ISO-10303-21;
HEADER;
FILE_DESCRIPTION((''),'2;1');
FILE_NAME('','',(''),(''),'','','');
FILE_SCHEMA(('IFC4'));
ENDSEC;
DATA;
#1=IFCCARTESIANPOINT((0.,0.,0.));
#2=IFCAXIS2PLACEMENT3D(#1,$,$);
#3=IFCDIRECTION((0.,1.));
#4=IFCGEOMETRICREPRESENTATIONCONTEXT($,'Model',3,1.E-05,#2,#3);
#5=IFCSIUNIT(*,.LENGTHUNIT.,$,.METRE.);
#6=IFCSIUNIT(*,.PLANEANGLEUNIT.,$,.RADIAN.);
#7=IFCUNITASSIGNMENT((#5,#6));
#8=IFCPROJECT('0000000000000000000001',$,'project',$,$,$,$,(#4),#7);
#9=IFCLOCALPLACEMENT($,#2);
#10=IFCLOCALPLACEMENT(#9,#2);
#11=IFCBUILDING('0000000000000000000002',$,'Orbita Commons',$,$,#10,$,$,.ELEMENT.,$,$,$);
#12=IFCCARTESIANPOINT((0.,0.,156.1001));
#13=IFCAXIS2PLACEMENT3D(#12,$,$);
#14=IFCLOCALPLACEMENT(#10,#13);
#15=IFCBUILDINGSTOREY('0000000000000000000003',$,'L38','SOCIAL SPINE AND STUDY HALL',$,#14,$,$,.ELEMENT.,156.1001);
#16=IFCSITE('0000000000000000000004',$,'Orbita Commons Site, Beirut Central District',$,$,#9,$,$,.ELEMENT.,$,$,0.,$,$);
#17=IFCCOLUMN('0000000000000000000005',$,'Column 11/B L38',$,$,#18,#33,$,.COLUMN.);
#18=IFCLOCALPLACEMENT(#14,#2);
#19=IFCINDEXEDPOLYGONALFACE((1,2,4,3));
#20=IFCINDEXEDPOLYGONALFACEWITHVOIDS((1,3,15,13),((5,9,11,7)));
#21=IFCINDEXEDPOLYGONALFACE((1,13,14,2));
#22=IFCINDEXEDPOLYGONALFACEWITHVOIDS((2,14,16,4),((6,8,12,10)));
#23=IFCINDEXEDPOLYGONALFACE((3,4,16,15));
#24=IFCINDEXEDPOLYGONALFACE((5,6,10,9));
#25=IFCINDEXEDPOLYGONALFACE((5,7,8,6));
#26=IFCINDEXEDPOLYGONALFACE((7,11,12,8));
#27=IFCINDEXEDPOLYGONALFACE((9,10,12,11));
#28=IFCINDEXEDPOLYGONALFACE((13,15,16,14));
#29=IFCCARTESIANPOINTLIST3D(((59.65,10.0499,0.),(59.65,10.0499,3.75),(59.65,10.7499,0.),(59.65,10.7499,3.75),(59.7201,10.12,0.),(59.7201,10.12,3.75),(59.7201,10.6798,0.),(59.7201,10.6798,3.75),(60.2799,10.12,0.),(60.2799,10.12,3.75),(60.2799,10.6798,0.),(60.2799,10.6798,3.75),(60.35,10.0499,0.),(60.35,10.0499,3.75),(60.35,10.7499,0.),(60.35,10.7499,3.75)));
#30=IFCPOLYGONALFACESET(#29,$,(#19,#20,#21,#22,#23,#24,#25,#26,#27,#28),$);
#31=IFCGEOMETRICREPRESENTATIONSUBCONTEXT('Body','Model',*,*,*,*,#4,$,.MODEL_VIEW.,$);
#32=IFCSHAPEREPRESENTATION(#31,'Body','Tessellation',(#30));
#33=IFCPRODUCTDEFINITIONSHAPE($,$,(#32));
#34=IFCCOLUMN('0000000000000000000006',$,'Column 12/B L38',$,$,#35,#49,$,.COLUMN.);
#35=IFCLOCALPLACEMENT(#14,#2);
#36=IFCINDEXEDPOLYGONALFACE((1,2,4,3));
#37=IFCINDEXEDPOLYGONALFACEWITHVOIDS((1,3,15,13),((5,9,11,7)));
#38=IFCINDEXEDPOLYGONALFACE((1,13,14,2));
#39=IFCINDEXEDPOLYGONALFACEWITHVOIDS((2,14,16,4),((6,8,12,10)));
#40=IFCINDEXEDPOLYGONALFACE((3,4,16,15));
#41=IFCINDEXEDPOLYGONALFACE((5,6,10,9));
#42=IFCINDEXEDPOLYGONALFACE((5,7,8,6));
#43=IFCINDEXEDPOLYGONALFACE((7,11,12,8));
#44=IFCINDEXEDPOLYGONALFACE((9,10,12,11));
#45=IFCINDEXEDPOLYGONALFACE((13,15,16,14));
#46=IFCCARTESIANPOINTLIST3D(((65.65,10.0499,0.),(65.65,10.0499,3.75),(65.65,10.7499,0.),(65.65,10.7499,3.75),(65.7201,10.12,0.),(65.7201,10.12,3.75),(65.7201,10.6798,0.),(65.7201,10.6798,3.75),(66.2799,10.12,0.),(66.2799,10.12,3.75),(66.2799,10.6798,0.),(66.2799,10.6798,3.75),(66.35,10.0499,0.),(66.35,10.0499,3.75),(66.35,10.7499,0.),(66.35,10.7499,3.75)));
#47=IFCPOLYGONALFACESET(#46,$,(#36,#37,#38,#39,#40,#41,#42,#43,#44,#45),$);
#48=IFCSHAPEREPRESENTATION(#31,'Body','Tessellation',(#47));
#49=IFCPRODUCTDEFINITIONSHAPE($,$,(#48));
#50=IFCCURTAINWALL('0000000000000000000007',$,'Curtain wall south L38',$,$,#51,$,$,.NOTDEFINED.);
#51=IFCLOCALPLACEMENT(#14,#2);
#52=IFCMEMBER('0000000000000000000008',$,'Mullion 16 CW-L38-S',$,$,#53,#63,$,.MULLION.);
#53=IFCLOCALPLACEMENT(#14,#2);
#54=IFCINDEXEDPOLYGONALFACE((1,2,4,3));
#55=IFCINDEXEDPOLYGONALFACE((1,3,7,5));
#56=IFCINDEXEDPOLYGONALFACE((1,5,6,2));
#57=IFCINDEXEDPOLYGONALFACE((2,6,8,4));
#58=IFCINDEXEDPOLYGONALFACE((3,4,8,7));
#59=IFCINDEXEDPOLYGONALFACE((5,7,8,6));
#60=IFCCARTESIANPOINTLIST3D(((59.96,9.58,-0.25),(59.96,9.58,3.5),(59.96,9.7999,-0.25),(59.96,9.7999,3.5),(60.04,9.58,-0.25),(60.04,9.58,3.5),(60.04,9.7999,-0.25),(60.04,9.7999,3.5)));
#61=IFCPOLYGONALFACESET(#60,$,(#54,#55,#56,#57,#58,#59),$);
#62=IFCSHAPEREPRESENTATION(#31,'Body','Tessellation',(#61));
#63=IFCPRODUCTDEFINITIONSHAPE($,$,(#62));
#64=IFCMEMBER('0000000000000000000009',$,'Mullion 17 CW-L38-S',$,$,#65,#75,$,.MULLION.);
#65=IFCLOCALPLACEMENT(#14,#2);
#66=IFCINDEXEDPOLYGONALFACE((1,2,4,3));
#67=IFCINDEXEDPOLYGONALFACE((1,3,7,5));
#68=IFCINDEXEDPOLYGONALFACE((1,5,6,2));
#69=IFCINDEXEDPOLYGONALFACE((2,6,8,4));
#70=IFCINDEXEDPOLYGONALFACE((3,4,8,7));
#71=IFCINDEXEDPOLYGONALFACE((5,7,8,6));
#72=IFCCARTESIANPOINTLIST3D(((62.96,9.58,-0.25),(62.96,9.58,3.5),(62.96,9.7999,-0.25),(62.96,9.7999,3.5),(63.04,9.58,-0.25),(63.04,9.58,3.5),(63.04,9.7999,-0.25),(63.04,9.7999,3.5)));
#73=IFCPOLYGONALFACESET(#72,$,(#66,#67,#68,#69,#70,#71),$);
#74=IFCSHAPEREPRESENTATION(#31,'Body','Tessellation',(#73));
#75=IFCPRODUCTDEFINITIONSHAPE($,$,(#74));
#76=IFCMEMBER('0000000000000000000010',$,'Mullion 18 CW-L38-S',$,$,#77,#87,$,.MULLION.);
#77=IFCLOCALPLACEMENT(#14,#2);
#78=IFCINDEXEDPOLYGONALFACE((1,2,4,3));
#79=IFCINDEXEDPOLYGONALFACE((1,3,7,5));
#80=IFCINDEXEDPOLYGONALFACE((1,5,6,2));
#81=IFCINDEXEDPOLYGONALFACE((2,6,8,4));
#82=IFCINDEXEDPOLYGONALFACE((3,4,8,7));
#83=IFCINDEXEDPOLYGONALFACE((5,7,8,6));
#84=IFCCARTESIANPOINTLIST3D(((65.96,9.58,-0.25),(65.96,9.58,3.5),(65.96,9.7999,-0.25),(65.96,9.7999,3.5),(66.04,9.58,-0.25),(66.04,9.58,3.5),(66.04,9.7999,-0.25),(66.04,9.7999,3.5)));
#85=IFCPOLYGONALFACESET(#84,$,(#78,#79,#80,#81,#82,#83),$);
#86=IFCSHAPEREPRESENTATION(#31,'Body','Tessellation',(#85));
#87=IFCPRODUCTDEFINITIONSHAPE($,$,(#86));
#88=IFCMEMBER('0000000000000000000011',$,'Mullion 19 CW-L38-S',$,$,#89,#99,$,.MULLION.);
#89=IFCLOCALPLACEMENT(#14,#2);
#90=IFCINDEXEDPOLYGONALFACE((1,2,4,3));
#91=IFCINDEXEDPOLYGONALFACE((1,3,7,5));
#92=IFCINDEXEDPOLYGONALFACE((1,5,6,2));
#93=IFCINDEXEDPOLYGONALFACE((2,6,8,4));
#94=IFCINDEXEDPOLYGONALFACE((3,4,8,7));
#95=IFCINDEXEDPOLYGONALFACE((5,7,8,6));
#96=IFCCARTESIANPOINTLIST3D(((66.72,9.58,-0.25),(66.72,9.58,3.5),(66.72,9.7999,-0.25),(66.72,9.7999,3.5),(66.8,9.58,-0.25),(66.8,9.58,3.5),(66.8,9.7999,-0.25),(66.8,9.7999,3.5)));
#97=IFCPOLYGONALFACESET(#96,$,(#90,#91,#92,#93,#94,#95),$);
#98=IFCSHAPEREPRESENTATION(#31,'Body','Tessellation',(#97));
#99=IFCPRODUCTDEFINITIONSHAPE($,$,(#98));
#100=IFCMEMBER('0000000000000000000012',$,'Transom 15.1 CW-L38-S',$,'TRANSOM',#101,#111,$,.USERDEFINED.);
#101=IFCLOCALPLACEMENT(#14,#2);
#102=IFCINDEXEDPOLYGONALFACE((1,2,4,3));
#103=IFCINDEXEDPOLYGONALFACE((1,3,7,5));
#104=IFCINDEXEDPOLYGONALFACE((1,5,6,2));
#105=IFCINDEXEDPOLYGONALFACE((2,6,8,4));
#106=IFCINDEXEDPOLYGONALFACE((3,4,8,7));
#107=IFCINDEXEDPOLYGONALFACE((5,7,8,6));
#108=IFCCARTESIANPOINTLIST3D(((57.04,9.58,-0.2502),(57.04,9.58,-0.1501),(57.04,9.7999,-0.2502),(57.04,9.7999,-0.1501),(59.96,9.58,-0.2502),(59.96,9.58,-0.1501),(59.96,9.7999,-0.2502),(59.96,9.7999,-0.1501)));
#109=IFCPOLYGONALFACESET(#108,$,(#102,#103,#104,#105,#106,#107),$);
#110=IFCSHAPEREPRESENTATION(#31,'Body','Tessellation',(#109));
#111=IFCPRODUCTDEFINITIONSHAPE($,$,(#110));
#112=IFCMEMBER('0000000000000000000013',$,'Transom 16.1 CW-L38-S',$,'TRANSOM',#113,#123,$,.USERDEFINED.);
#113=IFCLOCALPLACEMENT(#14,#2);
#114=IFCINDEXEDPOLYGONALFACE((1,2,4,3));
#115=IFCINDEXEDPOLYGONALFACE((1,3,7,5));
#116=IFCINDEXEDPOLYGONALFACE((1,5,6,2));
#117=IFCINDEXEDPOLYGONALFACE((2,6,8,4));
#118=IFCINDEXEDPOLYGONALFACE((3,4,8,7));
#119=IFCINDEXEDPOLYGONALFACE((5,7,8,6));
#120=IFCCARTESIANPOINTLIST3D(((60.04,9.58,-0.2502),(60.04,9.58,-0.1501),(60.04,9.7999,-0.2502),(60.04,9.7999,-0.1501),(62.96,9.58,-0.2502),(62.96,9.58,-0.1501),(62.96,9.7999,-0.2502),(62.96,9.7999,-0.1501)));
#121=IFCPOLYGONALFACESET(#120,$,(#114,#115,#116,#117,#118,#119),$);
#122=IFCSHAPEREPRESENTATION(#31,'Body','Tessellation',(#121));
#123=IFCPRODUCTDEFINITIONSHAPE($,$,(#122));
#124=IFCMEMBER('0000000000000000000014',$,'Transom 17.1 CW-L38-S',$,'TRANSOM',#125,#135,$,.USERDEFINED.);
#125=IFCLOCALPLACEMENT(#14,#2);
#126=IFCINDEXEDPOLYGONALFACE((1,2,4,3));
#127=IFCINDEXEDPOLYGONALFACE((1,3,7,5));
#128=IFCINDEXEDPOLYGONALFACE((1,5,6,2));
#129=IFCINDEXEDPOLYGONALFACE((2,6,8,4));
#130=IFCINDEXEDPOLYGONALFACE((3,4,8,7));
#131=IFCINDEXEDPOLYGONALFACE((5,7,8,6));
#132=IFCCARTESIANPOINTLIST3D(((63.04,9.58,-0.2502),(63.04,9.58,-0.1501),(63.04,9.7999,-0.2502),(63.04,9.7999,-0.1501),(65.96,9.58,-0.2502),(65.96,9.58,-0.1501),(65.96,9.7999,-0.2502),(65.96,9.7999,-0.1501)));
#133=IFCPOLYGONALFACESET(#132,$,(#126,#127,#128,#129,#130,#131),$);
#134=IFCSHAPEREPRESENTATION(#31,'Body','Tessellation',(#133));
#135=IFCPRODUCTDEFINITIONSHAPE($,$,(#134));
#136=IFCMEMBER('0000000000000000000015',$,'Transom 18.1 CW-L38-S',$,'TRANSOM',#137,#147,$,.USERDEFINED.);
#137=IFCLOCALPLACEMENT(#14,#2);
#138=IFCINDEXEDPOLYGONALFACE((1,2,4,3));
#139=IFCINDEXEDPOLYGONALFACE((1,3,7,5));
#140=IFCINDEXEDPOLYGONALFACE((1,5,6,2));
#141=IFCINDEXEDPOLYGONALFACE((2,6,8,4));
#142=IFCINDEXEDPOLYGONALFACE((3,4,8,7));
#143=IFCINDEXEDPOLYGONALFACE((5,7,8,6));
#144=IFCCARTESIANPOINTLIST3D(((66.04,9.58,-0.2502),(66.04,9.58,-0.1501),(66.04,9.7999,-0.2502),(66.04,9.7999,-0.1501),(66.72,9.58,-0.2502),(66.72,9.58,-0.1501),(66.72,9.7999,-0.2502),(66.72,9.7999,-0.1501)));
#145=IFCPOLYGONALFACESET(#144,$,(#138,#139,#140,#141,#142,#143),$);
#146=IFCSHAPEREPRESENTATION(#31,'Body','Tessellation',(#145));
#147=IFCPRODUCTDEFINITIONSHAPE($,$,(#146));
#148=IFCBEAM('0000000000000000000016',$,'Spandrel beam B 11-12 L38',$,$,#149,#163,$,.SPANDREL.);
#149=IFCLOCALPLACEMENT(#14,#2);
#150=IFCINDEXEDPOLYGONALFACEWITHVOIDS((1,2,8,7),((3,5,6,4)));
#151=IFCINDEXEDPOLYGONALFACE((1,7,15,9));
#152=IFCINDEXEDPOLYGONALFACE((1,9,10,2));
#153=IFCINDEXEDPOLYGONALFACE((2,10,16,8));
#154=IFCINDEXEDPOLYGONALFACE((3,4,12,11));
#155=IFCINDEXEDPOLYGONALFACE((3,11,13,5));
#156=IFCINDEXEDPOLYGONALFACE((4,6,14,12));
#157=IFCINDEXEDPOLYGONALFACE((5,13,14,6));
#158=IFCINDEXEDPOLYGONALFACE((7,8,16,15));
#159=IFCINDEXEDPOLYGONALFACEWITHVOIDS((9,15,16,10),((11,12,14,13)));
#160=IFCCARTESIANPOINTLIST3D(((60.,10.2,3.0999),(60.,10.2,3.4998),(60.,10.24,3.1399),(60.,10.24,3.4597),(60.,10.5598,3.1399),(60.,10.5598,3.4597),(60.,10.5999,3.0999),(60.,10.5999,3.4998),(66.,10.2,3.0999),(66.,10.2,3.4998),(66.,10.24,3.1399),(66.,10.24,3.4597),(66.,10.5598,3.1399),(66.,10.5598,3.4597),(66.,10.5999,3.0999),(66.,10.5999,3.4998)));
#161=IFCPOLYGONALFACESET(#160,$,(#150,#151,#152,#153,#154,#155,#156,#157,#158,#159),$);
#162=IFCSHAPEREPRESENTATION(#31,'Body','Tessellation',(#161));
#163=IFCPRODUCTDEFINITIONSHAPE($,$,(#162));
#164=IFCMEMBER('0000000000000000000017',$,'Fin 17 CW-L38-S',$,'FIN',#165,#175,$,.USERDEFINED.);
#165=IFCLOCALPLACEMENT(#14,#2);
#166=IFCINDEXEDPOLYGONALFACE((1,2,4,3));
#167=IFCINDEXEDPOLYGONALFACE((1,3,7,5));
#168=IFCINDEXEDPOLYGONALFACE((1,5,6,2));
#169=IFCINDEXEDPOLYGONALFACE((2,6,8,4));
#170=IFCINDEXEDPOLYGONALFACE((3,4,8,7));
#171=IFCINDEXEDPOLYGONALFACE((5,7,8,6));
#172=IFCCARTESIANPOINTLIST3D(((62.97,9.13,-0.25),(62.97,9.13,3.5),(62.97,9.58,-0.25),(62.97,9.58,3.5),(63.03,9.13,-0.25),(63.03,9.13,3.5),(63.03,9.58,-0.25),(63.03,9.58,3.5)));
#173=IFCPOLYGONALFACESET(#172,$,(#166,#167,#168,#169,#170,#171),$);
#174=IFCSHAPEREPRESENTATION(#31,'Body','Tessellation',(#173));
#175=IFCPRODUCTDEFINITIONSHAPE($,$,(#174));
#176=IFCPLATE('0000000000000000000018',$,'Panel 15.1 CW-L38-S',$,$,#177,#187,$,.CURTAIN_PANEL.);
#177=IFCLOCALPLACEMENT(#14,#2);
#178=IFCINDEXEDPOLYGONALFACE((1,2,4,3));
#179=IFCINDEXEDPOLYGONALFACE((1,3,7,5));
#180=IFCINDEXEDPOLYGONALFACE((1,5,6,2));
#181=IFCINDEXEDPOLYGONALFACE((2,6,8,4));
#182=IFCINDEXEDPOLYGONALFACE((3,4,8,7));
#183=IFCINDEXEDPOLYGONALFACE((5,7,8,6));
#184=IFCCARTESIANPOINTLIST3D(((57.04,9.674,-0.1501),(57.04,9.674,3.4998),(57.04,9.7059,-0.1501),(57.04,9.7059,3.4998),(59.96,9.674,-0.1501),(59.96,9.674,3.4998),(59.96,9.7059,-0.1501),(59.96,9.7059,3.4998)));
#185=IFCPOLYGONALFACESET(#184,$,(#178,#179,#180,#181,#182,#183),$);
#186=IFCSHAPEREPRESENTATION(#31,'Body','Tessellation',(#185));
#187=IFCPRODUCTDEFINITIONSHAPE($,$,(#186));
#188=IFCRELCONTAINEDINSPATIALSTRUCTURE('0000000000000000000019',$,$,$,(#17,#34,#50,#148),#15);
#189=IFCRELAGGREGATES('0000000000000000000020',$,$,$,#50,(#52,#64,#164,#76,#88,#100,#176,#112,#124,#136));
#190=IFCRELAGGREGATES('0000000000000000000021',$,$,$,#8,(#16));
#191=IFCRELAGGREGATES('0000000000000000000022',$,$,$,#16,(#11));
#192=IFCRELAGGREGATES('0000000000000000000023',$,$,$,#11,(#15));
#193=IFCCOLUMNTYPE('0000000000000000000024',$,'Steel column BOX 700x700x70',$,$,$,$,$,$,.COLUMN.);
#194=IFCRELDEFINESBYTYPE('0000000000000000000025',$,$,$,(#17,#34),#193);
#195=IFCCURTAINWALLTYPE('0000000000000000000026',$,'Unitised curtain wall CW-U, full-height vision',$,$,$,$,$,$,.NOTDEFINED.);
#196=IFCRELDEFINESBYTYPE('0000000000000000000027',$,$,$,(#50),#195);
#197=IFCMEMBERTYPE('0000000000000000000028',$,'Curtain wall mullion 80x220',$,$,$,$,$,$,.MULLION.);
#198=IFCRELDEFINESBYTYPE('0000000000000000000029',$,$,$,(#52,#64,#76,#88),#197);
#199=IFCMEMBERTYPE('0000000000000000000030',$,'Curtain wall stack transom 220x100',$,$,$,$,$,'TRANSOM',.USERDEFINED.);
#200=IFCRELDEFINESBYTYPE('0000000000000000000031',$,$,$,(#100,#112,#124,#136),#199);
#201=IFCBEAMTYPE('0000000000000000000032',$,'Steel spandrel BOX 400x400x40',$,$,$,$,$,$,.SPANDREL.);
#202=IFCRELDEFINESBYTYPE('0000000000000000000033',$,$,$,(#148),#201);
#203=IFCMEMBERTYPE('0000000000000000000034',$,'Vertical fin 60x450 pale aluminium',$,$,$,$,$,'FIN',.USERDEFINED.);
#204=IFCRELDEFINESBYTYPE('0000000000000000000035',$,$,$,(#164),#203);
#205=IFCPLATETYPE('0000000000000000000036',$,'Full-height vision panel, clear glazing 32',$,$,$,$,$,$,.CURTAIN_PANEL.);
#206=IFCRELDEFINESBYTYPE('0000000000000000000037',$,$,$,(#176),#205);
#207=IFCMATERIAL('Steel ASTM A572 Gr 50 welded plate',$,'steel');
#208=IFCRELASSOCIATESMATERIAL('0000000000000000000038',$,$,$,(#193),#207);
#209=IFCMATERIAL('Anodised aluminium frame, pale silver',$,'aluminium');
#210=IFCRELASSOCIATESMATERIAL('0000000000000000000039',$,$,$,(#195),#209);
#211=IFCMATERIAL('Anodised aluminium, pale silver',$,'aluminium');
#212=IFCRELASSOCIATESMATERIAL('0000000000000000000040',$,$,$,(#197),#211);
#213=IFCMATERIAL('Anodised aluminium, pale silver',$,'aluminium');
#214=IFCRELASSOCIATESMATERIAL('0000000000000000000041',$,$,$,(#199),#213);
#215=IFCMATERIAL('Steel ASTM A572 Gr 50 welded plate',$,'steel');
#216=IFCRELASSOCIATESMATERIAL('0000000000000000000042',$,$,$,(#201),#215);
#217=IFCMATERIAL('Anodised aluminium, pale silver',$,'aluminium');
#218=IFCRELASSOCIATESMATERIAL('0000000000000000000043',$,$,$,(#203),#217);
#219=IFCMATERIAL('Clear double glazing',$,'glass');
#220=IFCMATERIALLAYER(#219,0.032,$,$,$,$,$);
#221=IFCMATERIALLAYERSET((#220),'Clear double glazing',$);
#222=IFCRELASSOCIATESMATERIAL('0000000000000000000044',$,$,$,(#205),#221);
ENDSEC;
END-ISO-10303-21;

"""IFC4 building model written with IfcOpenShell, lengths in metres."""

from ifc_helpers import new_model, si_unit, direction, frame, origin, origin_2d, place, context, subcontext, project, spatial, rectangle, hollow_rectangle, extrude, material, layer, layer_set, material_profile, profile_set, type_object, element, aggregate, save


model = new_model("IFC4")

# Units and contexts
model_context = context("Model", 3, precision=1e-05, world=origin(), true_north=direction((0.0, 1.0)))
body_context = subcontext(model_context, "Body", "Model", "MODEL_VIEW")
ifc_project = project(units=[si_unit("LENGTHUNIT", "METRE"), si_unit("PLANEANGLEUNIT", "RADIAN")], contexts=[model_context])

# Site, building, storey
site_placement = place(None, origin())
site = spatial("IfcSite", under=ifc_project, at=site_placement, Name="Orbita Commons Site, Beirut Central District", CompositionType="ELEMENT", RefElevation=0.0)
building_placement = place(site_placement, origin())
building = spatial("IfcBuilding", under=site, at=building_placement, Name="Orbita Commons", CompositionType="ELEMENT")
storey_placement = place(building_placement, frame((0.0, 0.0, 156.1001)))
storey = spatial("IfcBuildingStorey", under=building, at=storey_placement, Name="L38", Description="SOCIAL SPINE AND STUDY HALL", CompositionType="ELEMENT", Elevation=156.1001)

# Columns
ifc_material_1 = material(Name="Steel ASTM A572 Gr 50 welded plate", Category="steel")
ifc_material_profile_1 = material_profile(ifc_material_1, hollow_rectangle(XDim=0.7, YDim=0.7, WallThickness=0.0701, at=origin_2d()), Name="BOX 700x700x70")
ifc_profile_set_1 = profile_set([ifc_material_profile_1], Name="Steel ASTM A572 Gr 50 welded plate")
column_type = type_object("IfcColumnType", Name="Steel column BOX 700x700x70", PredefinedType="COLUMN", material=ifc_profile_set_1)
for number, where, z_axis, x_axis, name in (
    (1, (60.0, 10.3999, 0.0), (0.0, 0.0, 1.0), (1.0, 0.0, 0.0), "Column 11/B L38"),
    (2, (66.0, 10.3999, 0.0), (0.0, 0.0, 1.0), (1.0, 0.0, 0.0), "Column 12/B L38"),
):
    element("IfcColumn", number, at=place(storey_placement, frame(where, z_axis=z_axis, x_axis=x_axis)), inside=storey, type_object=column_type, Name=name, PredefinedType="COLUMN", context=body_context, shape_type="SweptSolid", body=[
        extrude(hollow_rectangle(XDim=0.7, YDim=0.7, WallThickness=0.0701, at=origin_2d()), origin(), (0.0, 0.0, 1.0), 3.75),
    ])

# Curtain wall, members
ifc_material_2 = material(Name="Anodised aluminium frame, pale silver", Category="aluminium")
curtain_wall_type = type_object("IfcCurtainWallType", Name="Unitised curtain wall CW-U, full-height vision", PredefinedType="NOTDEFINED", material=ifc_material_2)
curtain_wall_placement = place(storey_placement, origin())
curtain_wall = element("IfcCurtainWall", 3, at=curtain_wall_placement, inside=storey, type_object=curtain_wall_type, Name="Curtain wall south L38", PredefinedType="NOTDEFINED")
ifc_material_3 = material(Name="Anodised aluminium, pale silver", Category="aluminium")
ifc_material_profile_2 = material_profile(ifc_material_3, rectangle(XDim=0.0801, YDim=0.22, at=origin_2d()), Name="AL 80x220")
ifc_profile_set_2 = profile_set([ifc_material_profile_2], Name="Anodised aluminium, pale silver")
member_type_1 = type_object("IfcMemberType", Name="Curtain wall mullion 80x220", PredefinedType="MULLION", material=ifc_profile_set_2)
member_1_placement = place(storey_placement, frame((60.0, 9.6899, -0.25), z_axis=(0.0, 0.0, 1.0), x_axis=(1.0, 0.0, 0.0)))
member_1 = element("IfcMember", 4, at=member_1_placement, type_object=member_type_1, Name="Mullion 16 CW-L38-S", PredefinedType="MULLION", context=body_context, shape_type="SweptSolid", body=[
    extrude(rectangle(XDim=0.0801, YDim=0.22, at=origin_2d()), origin(), (0.0, 0.0, 1.0), 3.75),
])
member_2_placement = place(storey_placement, frame((63.0, 9.6899, -0.25), z_axis=(0.0, 0.0, 1.0), x_axis=(1.0, 0.0, 0.0)))
member_2 = element("IfcMember", 5, at=member_2_placement, type_object=member_type_1, Name="Mullion 17 CW-L38-S", PredefinedType="MULLION", context=body_context, shape_type="SweptSolid", body=[
    extrude(rectangle(XDim=0.0801, YDim=0.22, at=origin_2d()), origin(), (0.0, 0.0, 1.0), 3.75),
])
member_3_placement = place(storey_placement, frame((66.0, 9.6899, -0.25), z_axis=(0.0, 0.0, 1.0), x_axis=(1.0, 0.0, 0.0)))
member_3 = element("IfcMember", 6, at=member_3_placement, type_object=member_type_1, Name="Mullion 18 CW-L38-S", PredefinedType="MULLION", context=body_context, shape_type="SweptSolid", body=[
    extrude(rectangle(XDim=0.0801, YDim=0.22, at=origin_2d()), origin(), (0.0, 0.0, 1.0), 3.75),
])
member_4_placement = place(storey_placement, frame((66.76, 9.6899, -0.25), z_axis=(0.0, 0.0, 1.0), x_axis=(1.0, 0.0, 0.0)))
member_4 = element("IfcMember", 7, at=member_4_placement, type_object=member_type_1, Name="Mullion 19 CW-L38-S", PredefinedType="MULLION", context=body_context, shape_type="SweptSolid", body=[
    extrude(rectangle(XDim=0.0801, YDim=0.22, at=origin_2d()), origin(), (0.0, 0.0, 1.0), 3.75),
])
ifc_material_4 = material(Name="Anodised aluminium, pale silver", Category="aluminium")
ifc_material_profile_3 = material_profile(ifc_material_4, rectangle(XDim=0.22, YDim=0.1001, at=origin_2d()), Name="AL 220x100")
ifc_profile_set_3 = profile_set([ifc_material_profile_3], Name="Anodised aluminium, pale silver")
member_type_2 = type_object("IfcMemberType", Name="Curtain wall stack transom 220x100", ElementType="TRANSOM", PredefinedType="USERDEFINED", material=ifc_profile_set_3)
member_5_placement = place(storey_placement, frame((57.04, 9.6899, -0.2002), z_axis=(1.0, 0.0, 0.0), x_axis=(0.0, 1.0, 0.0)))
member_5 = element("IfcMember", 8, at=member_5_placement, type_object=member_type_2, Name="Transom 15.1 CW-L38-S", ObjectType="TRANSOM", PredefinedType="USERDEFINED", context=body_context, shape_type="SweptSolid", body=[
    extrude(rectangle(XDim=0.22, YDim=0.1001, at=origin_2d()), origin(), (0.0, 0.0, 1.0), 2.9199),
])
member_6_placement = place(storey_placement, frame((60.04, 9.6899, -0.2002), z_axis=(1.0, 0.0, 0.0), x_axis=(0.0, 1.0, 0.0)))
member_6 = element("IfcMember", 9, at=member_6_placement, type_object=member_type_2, Name="Transom 16.1 CW-L38-S", ObjectType="TRANSOM", PredefinedType="USERDEFINED", context=body_context, shape_type="SweptSolid", body=[
    extrude(rectangle(XDim=0.22, YDim=0.1001, at=origin_2d()), origin(), (0.0, 0.0, 1.0), 2.9199),
])
member_7_placement = place(storey_placement, frame((63.04, 9.6899, -0.2002), z_axis=(1.0, 0.0, 0.0), x_axis=(0.0, 1.0, 0.0)))
member_7 = element("IfcMember", 10, at=member_7_placement, type_object=member_type_2, Name="Transom 17.1 CW-L38-S", ObjectType="TRANSOM", PredefinedType="USERDEFINED", context=body_context, shape_type="SweptSolid", body=[
    extrude(rectangle(XDim=0.22, YDim=0.1001, at=origin_2d()), origin(), (0.0, 0.0, 1.0), 2.9199),
])
member_8_placement = place(storey_placement, frame((66.04, 9.6899, -0.2002), z_axis=(1.0, 0.0, 0.0), x_axis=(0.0, 1.0, 0.0)))
member_8 = element("IfcMember", 11, at=member_8_placement, type_object=member_type_2, Name="Transom 18.1 CW-L38-S", ObjectType="TRANSOM", PredefinedType="USERDEFINED", context=body_context, shape_type="SweptSolid", body=[
    extrude(rectangle(XDim=0.22, YDim=0.1001, at=origin_2d()), origin(), (0.0, 0.0, 1.0), 0.6799),
])

# Beam
ifc_material_5 = material(Name="Steel ASTM A572 Gr 50 welded plate", Category="steel")
ifc_material_profile_4 = material_profile(ifc_material_5, hollow_rectangle(XDim=0.3999, YDim=0.3999, WallThickness=0.04, at=origin_2d()), Name="BOX 400x400x40")
ifc_profile_set_4 = profile_set([ifc_material_profile_4], Name="Steel ASTM A572 Gr 50 welded plate")
beam_type = type_object("IfcBeamType", Name="Steel spandrel BOX 400x400x40", PredefinedType="SPANDREL", material=ifc_profile_set_4)
beam_placement = place(storey_placement, frame((60.0, 10.3999, 3.2998), z_axis=(1.0, 0.0, 0.0), x_axis=(0.0, 1.0, 0.0)))
element("IfcBeam", 12, at=beam_placement, inside=storey, type_object=beam_type, Name="Spandrel beam B 11-12 L38", PredefinedType="SPANDREL", context=body_context, shape_type="SweptSolid", body=[
    extrude(hollow_rectangle(XDim=0.3999, YDim=0.3999, WallThickness=0.04, at=origin_2d()), origin(), (0.0, 0.0, 1.0), 6.0),
])

# Member
ifc_material_6 = material(Name="Anodised aluminium, pale silver", Category="aluminium")
ifc_material_profile_5 = material_profile(ifc_material_6, rectangle(XDim=0.0601, YDim=0.45, at=origin_2d()), Name="FIN 60x450")
ifc_profile_set_5 = profile_set([ifc_material_profile_5], Name="Anodised aluminium, pale silver")
member_type_3 = type_object("IfcMemberType", Name="Vertical fin 60x450 pale aluminium", ElementType="FIN", PredefinedType="USERDEFINED", material=ifc_profile_set_5)
member_9_placement = place(storey_placement, frame((63.0, 9.355, -0.25), z_axis=(0.0, 0.0, 1.0), x_axis=(1.0, 0.0, 0.0)))
member_9 = element("IfcMember", 13, at=member_9_placement, type_object=member_type_3, Name="Fin 17 CW-L38-S", ObjectType="FIN", PredefinedType="USERDEFINED", context=body_context, shape_type="SweptSolid", body=[
    extrude(rectangle(XDim=0.0601, YDim=0.45, at=origin_2d()), origin(), (0.0, 0.0, 1.0), 3.75),
])

# Plate
ifc_material_7 = material(Name="Clear double glazing", Category="glass")
ifc_layer_1 = layer(ifc_material_7, 0.032)
ifc_layer_set_1 = layer_set([ifc_layer_1], Name="Clear double glazing")
plate_type = type_object("IfcPlateType", Name="Full-height vision panel, clear glazing 32", PredefinedType="CURTAIN_PANEL", material=ifc_layer_set_1)
plate_1_placement = place(storey_placement, frame((58.5, 9.6899, -0.1501), z_axis=(0.0, 0.0, 1.0), x_axis=(1.0, 0.0, 0.0)))
plate_1 = element("IfcPlate", 14, at=plate_1_placement, type_object=plate_type, Name="Panel 15.1 CW-L38-S", PredefinedType="CURTAIN_PANEL", context=body_context, shape_type="SweptSolid", body=[
    extrude(rectangle(XDim=2.9199, YDim=0.032, at=origin_2d()), origin(), (0.0, 0.0, 1.0), 3.6499),
])
aggregate(curtain_wall, [member_1, member_2, member_9, member_3, member_4, member_5, plate_1, member_6, member_7, member_8])

save(model, "model.ifc")
